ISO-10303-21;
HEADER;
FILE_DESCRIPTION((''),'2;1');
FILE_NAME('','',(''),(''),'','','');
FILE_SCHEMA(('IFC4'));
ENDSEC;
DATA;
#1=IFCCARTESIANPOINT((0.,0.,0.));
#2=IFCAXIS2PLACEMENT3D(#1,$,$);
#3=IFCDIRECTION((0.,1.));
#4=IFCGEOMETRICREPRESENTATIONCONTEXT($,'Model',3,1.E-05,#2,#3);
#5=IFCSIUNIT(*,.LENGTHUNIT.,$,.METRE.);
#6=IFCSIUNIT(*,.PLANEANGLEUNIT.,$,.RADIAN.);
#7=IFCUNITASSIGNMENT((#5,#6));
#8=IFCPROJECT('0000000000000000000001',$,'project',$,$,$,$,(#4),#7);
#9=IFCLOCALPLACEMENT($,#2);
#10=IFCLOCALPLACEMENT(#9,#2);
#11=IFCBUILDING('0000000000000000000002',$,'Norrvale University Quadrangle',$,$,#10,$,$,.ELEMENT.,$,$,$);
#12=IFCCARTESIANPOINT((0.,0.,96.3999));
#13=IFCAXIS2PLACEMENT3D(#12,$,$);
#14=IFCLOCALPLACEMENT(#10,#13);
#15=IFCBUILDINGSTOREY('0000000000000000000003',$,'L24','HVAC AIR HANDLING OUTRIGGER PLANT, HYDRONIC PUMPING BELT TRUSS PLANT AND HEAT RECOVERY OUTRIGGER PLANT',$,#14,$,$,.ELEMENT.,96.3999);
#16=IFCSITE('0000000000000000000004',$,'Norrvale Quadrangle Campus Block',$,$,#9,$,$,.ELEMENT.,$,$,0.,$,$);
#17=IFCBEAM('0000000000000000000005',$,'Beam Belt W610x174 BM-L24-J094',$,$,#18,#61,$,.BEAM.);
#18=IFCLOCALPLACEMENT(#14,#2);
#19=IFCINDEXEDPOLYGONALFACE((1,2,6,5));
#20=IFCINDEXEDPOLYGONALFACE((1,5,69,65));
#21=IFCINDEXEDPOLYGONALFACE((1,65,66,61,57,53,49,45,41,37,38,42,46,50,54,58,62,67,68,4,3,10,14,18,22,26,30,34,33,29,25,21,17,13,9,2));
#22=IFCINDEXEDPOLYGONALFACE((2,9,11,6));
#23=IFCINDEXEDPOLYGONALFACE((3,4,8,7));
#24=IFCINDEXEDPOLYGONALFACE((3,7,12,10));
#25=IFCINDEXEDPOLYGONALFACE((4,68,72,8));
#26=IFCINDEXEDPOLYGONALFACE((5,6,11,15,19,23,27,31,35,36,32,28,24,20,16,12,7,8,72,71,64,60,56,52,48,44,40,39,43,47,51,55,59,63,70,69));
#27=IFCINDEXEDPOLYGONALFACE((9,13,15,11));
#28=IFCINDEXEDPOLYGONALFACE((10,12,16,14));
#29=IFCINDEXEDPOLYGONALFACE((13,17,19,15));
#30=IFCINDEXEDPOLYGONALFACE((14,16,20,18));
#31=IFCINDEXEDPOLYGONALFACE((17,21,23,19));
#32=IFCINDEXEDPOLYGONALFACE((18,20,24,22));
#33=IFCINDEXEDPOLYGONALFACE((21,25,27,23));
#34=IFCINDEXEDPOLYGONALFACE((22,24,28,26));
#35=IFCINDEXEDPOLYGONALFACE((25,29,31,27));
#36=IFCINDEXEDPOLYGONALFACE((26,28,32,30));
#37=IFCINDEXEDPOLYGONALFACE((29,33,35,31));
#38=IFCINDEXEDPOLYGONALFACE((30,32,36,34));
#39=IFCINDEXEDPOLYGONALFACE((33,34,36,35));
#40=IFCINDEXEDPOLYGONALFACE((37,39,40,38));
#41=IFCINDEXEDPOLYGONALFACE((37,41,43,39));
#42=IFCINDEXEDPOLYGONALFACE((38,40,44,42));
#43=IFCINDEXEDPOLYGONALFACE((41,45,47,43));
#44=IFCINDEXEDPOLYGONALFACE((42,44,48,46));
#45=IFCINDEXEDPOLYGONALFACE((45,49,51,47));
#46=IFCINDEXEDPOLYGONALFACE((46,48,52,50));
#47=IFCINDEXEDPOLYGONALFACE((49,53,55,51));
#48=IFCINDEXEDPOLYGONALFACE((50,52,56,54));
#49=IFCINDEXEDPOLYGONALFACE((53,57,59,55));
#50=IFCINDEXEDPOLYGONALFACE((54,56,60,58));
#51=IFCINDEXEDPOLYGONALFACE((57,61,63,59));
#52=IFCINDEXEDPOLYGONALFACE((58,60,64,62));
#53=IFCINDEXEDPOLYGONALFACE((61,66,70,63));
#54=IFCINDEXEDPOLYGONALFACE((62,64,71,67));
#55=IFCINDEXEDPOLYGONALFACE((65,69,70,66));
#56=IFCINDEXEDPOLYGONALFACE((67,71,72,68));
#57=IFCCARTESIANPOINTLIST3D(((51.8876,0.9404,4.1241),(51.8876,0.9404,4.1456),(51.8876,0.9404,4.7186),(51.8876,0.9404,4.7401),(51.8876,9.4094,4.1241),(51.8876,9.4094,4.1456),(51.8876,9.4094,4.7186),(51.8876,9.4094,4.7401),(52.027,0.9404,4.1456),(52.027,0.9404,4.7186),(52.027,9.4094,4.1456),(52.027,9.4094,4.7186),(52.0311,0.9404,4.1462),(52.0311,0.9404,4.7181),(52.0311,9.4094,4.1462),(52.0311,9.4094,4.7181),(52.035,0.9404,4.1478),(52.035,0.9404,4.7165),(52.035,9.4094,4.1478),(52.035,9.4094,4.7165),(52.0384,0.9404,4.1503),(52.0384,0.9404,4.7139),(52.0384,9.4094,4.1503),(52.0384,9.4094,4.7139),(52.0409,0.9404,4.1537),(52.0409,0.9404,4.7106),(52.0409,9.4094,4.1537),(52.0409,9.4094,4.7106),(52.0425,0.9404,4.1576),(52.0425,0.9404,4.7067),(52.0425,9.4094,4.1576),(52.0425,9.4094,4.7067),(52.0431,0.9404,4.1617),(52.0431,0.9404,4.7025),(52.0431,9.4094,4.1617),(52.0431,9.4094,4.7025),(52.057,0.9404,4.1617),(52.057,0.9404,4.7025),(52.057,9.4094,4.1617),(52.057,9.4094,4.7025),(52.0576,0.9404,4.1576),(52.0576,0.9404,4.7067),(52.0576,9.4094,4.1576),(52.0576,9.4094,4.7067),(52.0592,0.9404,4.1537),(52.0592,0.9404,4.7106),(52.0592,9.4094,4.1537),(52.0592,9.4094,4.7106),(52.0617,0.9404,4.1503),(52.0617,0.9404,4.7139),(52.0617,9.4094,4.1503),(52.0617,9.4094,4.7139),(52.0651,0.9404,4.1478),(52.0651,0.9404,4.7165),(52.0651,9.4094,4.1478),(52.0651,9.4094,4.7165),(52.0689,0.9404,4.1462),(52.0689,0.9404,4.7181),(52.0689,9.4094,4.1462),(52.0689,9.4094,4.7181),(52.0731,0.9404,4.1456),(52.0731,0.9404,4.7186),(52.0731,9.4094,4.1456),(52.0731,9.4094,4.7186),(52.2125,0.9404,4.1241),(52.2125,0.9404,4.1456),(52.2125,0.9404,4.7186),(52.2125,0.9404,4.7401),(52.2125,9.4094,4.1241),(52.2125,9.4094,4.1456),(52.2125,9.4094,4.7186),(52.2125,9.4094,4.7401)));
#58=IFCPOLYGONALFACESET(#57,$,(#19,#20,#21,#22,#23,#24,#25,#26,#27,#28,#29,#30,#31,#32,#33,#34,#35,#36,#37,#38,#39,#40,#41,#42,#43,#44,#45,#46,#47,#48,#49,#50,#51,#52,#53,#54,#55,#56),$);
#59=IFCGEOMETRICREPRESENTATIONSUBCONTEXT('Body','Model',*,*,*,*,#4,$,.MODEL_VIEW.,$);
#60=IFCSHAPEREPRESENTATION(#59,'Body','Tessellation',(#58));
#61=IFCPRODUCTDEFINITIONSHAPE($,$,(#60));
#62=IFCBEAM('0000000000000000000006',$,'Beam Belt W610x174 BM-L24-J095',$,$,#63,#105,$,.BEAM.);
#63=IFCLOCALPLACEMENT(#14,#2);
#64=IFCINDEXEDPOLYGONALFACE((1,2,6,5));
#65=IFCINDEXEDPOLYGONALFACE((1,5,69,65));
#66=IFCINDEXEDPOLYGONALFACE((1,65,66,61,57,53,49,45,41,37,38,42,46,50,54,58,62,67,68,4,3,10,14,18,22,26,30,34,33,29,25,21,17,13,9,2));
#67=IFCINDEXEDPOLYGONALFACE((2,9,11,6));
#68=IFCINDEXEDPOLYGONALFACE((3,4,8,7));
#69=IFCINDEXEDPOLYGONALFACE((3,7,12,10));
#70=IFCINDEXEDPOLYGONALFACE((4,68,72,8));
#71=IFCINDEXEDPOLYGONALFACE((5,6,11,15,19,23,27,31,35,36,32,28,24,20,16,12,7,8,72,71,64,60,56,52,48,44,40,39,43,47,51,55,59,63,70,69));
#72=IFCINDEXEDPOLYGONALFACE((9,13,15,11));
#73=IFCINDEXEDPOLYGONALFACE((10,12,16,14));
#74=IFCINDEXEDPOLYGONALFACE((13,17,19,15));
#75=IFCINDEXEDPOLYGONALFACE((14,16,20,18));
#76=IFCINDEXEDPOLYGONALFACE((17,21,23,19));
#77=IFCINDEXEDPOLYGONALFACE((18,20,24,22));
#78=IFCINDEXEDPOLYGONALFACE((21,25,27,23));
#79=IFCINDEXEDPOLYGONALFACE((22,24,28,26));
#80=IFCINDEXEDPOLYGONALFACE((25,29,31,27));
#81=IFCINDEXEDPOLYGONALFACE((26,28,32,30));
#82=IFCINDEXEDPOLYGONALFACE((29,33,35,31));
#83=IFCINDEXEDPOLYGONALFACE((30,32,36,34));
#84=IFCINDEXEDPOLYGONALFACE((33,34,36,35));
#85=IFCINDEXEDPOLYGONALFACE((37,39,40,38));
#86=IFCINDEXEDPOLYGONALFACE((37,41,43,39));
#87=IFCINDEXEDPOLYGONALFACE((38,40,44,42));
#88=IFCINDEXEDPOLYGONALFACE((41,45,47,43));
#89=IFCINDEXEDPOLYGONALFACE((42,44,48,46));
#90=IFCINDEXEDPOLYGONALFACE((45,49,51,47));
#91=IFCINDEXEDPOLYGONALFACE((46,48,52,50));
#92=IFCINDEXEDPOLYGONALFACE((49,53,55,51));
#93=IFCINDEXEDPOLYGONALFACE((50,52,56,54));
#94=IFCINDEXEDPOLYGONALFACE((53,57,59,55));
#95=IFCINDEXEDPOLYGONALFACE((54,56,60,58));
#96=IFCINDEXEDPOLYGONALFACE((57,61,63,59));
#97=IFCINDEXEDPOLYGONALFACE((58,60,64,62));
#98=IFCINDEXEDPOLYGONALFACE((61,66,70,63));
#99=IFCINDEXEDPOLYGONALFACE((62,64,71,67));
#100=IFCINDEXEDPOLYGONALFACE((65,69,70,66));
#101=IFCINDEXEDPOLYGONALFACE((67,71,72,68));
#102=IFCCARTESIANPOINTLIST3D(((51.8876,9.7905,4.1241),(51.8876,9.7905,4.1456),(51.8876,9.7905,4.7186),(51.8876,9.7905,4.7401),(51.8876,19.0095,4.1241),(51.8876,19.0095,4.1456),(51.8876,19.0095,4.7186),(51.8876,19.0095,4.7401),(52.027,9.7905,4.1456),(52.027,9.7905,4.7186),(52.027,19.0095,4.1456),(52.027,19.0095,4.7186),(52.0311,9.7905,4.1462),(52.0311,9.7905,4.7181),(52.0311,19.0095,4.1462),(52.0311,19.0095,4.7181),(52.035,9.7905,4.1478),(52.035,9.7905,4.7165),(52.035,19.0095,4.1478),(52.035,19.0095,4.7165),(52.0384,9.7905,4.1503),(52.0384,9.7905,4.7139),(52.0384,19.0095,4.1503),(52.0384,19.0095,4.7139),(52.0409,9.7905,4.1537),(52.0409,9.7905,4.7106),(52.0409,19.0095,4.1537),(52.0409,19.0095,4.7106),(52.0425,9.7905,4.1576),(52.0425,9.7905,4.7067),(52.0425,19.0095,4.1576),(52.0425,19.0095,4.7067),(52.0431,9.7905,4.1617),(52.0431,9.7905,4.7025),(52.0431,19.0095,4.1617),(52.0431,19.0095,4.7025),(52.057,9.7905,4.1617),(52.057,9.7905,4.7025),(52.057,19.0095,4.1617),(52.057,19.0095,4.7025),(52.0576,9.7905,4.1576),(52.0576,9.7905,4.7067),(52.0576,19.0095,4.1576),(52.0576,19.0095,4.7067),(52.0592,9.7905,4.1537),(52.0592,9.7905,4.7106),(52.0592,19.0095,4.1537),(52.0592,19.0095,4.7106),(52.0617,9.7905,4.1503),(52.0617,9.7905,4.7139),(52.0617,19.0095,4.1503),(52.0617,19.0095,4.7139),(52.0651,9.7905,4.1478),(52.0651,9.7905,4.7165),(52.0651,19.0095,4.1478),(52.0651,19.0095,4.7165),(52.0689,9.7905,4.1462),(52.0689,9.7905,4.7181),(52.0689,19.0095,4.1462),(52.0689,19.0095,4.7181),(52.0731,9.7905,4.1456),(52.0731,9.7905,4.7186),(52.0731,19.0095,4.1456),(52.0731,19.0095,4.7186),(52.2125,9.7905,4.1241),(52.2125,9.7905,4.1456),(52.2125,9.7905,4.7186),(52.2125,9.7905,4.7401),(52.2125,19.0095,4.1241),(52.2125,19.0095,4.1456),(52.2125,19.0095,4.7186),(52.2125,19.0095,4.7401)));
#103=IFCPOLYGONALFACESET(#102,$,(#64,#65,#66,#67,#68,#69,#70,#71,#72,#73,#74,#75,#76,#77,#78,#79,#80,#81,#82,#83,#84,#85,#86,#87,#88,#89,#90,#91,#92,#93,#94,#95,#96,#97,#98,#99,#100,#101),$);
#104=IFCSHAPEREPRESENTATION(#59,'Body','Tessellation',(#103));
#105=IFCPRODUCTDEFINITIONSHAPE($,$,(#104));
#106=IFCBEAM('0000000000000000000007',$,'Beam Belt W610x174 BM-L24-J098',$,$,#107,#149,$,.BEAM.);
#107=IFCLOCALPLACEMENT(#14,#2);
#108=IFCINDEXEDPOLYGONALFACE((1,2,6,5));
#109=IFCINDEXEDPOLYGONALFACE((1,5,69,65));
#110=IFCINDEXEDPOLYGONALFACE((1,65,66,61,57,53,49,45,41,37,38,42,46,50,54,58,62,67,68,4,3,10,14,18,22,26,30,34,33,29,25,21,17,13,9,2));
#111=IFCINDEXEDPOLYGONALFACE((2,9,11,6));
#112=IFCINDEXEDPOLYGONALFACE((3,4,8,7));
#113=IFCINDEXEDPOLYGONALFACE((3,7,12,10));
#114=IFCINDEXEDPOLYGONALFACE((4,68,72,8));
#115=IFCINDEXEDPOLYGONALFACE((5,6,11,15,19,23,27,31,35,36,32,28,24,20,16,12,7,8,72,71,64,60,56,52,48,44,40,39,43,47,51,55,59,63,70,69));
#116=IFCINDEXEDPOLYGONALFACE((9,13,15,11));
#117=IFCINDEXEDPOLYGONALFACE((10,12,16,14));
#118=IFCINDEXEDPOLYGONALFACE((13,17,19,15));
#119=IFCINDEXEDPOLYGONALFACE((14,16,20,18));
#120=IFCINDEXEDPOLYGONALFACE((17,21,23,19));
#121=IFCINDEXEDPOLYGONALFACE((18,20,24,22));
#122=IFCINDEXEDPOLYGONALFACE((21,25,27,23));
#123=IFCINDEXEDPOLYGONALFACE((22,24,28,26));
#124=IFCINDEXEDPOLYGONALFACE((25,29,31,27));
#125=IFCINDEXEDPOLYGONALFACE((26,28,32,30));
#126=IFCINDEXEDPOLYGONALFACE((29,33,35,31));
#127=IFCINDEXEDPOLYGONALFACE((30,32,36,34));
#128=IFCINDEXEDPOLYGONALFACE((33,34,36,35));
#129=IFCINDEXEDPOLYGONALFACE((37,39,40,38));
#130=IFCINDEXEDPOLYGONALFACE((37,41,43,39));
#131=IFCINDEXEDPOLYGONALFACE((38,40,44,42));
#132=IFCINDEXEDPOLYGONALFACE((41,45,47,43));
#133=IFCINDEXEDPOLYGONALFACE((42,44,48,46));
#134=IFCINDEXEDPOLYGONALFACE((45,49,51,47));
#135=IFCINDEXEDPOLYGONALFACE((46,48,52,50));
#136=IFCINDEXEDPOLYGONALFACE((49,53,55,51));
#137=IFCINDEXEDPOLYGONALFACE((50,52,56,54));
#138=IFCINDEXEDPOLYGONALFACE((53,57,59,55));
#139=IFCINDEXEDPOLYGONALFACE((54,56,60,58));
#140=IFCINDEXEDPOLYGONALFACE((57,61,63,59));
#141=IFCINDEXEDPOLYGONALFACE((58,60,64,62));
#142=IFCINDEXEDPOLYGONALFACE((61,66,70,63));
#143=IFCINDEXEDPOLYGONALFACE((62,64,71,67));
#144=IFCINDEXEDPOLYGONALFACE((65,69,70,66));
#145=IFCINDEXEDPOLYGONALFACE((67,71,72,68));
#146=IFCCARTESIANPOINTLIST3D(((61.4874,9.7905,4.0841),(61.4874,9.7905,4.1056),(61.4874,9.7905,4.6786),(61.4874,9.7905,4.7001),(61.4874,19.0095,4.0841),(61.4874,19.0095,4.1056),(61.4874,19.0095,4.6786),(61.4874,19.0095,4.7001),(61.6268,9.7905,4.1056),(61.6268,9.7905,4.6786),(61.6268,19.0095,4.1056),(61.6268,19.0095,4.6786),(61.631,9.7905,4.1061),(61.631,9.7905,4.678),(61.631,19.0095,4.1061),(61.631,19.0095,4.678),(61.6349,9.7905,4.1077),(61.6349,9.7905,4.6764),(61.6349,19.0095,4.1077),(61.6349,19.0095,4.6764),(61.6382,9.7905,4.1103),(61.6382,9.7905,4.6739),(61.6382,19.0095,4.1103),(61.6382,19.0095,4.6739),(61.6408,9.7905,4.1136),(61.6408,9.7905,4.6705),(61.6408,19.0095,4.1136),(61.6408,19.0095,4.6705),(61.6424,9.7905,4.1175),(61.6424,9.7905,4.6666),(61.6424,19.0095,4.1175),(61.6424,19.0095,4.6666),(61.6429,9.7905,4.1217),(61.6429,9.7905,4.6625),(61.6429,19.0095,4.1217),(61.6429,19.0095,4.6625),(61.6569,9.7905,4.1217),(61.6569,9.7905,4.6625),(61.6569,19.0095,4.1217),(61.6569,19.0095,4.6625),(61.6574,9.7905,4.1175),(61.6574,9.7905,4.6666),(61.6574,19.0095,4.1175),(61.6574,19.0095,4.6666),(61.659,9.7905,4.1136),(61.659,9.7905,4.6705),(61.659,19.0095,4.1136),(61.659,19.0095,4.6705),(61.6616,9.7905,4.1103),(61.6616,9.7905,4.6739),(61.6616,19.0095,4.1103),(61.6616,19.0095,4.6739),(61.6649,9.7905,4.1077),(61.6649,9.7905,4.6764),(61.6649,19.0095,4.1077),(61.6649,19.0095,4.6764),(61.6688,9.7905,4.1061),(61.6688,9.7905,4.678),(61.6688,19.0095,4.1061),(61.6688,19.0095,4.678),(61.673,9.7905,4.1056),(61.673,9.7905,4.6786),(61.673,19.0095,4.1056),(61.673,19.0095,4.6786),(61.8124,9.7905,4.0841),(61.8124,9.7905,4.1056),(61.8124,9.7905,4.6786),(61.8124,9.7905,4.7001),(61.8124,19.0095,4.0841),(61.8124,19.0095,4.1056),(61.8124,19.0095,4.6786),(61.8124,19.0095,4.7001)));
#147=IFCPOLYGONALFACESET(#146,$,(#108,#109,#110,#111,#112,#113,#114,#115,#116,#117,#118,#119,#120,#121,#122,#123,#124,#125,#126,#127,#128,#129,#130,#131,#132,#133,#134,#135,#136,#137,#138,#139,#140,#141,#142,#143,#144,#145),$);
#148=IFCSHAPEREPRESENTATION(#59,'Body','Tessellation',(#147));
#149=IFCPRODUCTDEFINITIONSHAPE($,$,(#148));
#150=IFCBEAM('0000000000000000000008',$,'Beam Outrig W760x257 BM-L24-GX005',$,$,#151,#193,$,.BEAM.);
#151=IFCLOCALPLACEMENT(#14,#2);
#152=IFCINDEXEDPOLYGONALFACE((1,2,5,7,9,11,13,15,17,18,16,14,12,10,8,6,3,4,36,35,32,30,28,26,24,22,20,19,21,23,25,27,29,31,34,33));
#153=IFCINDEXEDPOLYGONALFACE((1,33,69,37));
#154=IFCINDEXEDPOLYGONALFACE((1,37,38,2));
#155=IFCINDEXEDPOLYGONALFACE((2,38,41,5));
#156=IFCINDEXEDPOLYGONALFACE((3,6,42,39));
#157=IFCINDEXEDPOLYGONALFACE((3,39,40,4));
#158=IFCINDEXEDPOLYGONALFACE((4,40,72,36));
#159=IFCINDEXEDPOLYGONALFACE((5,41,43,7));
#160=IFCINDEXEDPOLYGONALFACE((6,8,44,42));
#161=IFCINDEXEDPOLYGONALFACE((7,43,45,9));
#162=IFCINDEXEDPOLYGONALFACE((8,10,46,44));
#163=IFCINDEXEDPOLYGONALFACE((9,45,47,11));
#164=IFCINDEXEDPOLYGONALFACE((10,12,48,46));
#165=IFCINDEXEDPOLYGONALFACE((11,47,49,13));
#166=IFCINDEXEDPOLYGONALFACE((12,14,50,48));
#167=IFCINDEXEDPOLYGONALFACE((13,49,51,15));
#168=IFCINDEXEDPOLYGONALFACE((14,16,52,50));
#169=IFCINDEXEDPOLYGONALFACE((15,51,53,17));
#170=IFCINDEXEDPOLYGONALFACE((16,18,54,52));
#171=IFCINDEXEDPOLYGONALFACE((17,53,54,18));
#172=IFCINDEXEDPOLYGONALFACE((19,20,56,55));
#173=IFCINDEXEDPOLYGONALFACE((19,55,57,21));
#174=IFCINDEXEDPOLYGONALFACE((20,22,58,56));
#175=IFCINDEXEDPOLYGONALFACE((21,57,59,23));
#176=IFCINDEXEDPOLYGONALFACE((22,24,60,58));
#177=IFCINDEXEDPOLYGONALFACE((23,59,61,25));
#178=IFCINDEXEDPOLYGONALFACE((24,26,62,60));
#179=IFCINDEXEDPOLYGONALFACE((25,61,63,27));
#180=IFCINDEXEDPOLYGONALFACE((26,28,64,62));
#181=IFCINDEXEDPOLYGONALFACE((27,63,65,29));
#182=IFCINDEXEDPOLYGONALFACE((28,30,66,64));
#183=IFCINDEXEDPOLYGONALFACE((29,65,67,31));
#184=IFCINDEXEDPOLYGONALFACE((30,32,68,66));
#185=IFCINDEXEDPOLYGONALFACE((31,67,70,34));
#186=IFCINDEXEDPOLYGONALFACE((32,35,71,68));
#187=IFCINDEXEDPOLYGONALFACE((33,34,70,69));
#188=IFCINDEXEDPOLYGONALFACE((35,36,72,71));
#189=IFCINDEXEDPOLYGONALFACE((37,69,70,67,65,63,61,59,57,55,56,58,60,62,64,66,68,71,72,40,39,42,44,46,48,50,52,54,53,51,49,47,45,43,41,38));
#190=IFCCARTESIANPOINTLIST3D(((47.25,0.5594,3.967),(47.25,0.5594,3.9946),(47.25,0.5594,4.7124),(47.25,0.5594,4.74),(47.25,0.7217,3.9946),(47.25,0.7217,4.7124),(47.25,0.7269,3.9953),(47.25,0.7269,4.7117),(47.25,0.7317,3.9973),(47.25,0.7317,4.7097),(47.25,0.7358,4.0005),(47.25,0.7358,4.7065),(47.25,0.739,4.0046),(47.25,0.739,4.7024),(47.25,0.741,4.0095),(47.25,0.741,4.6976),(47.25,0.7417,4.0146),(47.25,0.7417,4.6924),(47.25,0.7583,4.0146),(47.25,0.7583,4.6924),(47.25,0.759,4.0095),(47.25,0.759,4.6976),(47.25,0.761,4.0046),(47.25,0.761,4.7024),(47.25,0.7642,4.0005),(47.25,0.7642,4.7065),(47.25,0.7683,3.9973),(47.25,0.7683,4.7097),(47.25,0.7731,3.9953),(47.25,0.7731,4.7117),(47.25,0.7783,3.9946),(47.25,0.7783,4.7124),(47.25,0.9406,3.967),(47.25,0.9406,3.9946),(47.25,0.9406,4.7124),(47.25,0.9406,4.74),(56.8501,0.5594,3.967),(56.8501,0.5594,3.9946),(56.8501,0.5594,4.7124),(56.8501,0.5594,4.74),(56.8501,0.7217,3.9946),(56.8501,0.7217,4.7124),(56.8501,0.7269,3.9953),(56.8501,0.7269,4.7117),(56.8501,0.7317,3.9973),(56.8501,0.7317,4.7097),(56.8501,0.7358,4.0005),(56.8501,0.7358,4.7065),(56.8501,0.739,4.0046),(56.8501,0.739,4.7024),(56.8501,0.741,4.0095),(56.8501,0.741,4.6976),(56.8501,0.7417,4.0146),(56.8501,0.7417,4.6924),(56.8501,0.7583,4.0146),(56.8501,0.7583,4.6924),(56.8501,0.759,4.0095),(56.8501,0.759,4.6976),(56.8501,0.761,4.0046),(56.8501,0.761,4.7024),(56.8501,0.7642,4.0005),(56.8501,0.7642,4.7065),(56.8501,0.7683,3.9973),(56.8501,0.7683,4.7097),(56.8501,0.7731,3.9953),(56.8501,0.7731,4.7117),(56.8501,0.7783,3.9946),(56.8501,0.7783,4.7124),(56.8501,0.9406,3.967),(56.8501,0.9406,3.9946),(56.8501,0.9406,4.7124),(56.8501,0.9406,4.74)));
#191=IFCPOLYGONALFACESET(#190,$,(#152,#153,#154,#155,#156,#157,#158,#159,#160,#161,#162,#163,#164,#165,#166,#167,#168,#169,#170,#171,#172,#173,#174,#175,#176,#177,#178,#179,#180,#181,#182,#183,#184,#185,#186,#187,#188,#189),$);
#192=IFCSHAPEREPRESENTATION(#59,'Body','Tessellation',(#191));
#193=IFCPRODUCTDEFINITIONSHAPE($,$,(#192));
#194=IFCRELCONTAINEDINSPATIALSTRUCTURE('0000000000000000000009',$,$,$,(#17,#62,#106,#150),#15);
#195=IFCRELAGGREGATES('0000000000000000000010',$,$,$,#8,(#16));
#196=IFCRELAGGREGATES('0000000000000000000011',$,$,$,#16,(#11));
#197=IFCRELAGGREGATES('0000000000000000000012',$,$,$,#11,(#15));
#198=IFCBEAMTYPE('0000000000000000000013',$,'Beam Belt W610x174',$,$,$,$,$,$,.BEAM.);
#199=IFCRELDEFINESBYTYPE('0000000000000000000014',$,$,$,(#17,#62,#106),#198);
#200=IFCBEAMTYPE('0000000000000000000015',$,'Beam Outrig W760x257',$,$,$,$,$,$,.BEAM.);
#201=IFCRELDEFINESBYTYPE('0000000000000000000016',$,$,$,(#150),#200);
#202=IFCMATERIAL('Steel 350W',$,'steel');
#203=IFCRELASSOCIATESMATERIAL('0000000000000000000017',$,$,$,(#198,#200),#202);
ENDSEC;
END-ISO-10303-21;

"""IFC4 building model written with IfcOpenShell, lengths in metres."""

from ifc_helpers import new_model, si_unit, direction, frame, origin, origin_2d, place, context, subcontext, project, spatial, i_section, extrude, material, material_profile, profile_set, type_object, element, save


model = new_model("IFC4")

# Units and contexts
model_context = context("Model", 3, precision=1e-05, world=origin(), true_north=direction((0.0, 1.0)))
body_context = subcontext(model_context, "Body", "Model", "MODEL_VIEW")
ifc_project = project(units=[si_unit("LENGTHUNIT", "METRE"), si_unit("PLANEANGLEUNIT", "RADIAN")], contexts=[model_context])

# Site, building, storey
site_placement = place(None, origin())
site = spatial("IfcSite", under=ifc_project, at=site_placement, Name="Norrvale Quadrangle Campus Block", CompositionType="ELEMENT", RefElevation=0.0)
building_placement = place(site_placement, origin())
building = spatial("IfcBuilding", under=site, at=building_placement, Name="Norrvale University Quadrangle", CompositionType="ELEMENT")
storey_placement = place(building_placement, frame((0.0, 0.0, 96.3999)))
storey = spatial("IfcBuildingStorey", under=building, at=storey_placement, Name="L24", Description="HVAC AIR HANDLING OUTRIGGER PLANT, HYDRONIC PUMPING BELT TRUSS PLANT AND HEAT RECOVERY OUTRIGGER PLANT", CompositionType="ELEMENT", Elevation=96.3999)

# Beams
ifc_material_1 = material(Name="Steel 350W", Category="steel")
ifc_material_profile_1 = material_profile(ifc_material_1, i_section(OverallWidth=0.325, OverallDepth=0.616, WebThickness=0.0139, FlangeThickness=0.0215, FilletRadius=0.0161, at=origin_2d()), Name="Steel 350W")
ifc_profile_set_1 = profile_set([ifc_material_profile_1], Name="Steel 350W")
beam_type_1 = type_object("IfcBeamType", Name="Beam Belt W610x174", PredefinedType="BEAM", material=ifc_profile_set_1)
beam_1_placement = place(storey_placement, frame((52.05, 0.9404, 4.4321), z_axis=(0.0, 1.0, 0.0), x_axis=(-1.0, 0.0, 0.0)))
element("IfcBeam", 1, at=beam_1_placement, inside=storey, type_object=beam_type_1, Name="Beam Belt W610x174 BM-L24-J094", PredefinedType="BEAM", context=body_context, shape_type="SweptSolid", body=[
    extrude(i_section(OverallWidth=0.325, OverallDepth=0.616, WebThickness=0.0139, FlangeThickness=0.0215, FilletRadius=0.0161, at=origin_2d()), origin(), (0.0, 0.0, 1.0), 8.469),
])
for number, where, z_axis, x_axis, name in (
    (2, (52.05, 9.7905, 4.4321), (0.0, 1.0, 0.0), (-1.0, 0.0, 0.0), "Beam Belt W610x174 BM-L24-J095"),
    (3, (61.6499, 9.7905, 4.3921), (0.0, 1.0, 0.0), (-1.0, 0.0, 0.0), "Beam Belt W610x174 BM-L24-J098"),
):
    element("IfcBeam", number, at=place(storey_placement, frame(where, z_axis=z_axis, x_axis=x_axis)), inside=storey, type_object=beam_type_1, Name=name, PredefinedType="BEAM", context=body_context, shape_type="SweptSolid", body=[
        extrude(i_section(OverallWidth=0.325, OverallDepth=0.616, WebThickness=0.0139, FlangeThickness=0.0215, FilletRadius=0.0161, at=origin_2d()), origin(), (0.0, 0.0, 1.0), 9.219),
    ])
ifc_material_profile_2 = material_profile(ifc_material_1, i_section(OverallWidth=0.3811, OverallDepth=0.7729, WebThickness=0.0166, FlangeThickness=0.0276, FilletRadius=0.02, at=origin_2d()), Name="Steel 350W")
ifc_profile_set_2 = profile_set([ifc_material_profile_2], Name="Steel 350W")
beam_type_2 = type_object("IfcBeamType", Name="Beam Outrig W760x257", PredefinedType="BEAM", material=ifc_profile_set_2)
for number, where, z_axis, x_axis, name in (
    (4, (47.25, 0.75, 4.3535), (1.0, 0.0, 0.0), (0.0, 1.0, 0.0), "Beam Outrig W760x257 BM-L24-GX005"),
):
    element("IfcBeam", number, at=place(storey_placement, frame(where, z_axis=z_axis, x_axis=x_axis)), inside=storey, type_object=beam_type_2, Name=name, PredefinedType="BEAM", context=body_context, shape_type="SweptSolid", body=[
        extrude(i_section(OverallWidth=0.3811, OverallDepth=0.7729, WebThickness=0.0166, FlangeThickness=0.0276, FilletRadius=0.02, at=origin_2d()), origin(), (0.0, 0.0, 1.0), 9.6001),
    ])

save(model, "model.ifc")
